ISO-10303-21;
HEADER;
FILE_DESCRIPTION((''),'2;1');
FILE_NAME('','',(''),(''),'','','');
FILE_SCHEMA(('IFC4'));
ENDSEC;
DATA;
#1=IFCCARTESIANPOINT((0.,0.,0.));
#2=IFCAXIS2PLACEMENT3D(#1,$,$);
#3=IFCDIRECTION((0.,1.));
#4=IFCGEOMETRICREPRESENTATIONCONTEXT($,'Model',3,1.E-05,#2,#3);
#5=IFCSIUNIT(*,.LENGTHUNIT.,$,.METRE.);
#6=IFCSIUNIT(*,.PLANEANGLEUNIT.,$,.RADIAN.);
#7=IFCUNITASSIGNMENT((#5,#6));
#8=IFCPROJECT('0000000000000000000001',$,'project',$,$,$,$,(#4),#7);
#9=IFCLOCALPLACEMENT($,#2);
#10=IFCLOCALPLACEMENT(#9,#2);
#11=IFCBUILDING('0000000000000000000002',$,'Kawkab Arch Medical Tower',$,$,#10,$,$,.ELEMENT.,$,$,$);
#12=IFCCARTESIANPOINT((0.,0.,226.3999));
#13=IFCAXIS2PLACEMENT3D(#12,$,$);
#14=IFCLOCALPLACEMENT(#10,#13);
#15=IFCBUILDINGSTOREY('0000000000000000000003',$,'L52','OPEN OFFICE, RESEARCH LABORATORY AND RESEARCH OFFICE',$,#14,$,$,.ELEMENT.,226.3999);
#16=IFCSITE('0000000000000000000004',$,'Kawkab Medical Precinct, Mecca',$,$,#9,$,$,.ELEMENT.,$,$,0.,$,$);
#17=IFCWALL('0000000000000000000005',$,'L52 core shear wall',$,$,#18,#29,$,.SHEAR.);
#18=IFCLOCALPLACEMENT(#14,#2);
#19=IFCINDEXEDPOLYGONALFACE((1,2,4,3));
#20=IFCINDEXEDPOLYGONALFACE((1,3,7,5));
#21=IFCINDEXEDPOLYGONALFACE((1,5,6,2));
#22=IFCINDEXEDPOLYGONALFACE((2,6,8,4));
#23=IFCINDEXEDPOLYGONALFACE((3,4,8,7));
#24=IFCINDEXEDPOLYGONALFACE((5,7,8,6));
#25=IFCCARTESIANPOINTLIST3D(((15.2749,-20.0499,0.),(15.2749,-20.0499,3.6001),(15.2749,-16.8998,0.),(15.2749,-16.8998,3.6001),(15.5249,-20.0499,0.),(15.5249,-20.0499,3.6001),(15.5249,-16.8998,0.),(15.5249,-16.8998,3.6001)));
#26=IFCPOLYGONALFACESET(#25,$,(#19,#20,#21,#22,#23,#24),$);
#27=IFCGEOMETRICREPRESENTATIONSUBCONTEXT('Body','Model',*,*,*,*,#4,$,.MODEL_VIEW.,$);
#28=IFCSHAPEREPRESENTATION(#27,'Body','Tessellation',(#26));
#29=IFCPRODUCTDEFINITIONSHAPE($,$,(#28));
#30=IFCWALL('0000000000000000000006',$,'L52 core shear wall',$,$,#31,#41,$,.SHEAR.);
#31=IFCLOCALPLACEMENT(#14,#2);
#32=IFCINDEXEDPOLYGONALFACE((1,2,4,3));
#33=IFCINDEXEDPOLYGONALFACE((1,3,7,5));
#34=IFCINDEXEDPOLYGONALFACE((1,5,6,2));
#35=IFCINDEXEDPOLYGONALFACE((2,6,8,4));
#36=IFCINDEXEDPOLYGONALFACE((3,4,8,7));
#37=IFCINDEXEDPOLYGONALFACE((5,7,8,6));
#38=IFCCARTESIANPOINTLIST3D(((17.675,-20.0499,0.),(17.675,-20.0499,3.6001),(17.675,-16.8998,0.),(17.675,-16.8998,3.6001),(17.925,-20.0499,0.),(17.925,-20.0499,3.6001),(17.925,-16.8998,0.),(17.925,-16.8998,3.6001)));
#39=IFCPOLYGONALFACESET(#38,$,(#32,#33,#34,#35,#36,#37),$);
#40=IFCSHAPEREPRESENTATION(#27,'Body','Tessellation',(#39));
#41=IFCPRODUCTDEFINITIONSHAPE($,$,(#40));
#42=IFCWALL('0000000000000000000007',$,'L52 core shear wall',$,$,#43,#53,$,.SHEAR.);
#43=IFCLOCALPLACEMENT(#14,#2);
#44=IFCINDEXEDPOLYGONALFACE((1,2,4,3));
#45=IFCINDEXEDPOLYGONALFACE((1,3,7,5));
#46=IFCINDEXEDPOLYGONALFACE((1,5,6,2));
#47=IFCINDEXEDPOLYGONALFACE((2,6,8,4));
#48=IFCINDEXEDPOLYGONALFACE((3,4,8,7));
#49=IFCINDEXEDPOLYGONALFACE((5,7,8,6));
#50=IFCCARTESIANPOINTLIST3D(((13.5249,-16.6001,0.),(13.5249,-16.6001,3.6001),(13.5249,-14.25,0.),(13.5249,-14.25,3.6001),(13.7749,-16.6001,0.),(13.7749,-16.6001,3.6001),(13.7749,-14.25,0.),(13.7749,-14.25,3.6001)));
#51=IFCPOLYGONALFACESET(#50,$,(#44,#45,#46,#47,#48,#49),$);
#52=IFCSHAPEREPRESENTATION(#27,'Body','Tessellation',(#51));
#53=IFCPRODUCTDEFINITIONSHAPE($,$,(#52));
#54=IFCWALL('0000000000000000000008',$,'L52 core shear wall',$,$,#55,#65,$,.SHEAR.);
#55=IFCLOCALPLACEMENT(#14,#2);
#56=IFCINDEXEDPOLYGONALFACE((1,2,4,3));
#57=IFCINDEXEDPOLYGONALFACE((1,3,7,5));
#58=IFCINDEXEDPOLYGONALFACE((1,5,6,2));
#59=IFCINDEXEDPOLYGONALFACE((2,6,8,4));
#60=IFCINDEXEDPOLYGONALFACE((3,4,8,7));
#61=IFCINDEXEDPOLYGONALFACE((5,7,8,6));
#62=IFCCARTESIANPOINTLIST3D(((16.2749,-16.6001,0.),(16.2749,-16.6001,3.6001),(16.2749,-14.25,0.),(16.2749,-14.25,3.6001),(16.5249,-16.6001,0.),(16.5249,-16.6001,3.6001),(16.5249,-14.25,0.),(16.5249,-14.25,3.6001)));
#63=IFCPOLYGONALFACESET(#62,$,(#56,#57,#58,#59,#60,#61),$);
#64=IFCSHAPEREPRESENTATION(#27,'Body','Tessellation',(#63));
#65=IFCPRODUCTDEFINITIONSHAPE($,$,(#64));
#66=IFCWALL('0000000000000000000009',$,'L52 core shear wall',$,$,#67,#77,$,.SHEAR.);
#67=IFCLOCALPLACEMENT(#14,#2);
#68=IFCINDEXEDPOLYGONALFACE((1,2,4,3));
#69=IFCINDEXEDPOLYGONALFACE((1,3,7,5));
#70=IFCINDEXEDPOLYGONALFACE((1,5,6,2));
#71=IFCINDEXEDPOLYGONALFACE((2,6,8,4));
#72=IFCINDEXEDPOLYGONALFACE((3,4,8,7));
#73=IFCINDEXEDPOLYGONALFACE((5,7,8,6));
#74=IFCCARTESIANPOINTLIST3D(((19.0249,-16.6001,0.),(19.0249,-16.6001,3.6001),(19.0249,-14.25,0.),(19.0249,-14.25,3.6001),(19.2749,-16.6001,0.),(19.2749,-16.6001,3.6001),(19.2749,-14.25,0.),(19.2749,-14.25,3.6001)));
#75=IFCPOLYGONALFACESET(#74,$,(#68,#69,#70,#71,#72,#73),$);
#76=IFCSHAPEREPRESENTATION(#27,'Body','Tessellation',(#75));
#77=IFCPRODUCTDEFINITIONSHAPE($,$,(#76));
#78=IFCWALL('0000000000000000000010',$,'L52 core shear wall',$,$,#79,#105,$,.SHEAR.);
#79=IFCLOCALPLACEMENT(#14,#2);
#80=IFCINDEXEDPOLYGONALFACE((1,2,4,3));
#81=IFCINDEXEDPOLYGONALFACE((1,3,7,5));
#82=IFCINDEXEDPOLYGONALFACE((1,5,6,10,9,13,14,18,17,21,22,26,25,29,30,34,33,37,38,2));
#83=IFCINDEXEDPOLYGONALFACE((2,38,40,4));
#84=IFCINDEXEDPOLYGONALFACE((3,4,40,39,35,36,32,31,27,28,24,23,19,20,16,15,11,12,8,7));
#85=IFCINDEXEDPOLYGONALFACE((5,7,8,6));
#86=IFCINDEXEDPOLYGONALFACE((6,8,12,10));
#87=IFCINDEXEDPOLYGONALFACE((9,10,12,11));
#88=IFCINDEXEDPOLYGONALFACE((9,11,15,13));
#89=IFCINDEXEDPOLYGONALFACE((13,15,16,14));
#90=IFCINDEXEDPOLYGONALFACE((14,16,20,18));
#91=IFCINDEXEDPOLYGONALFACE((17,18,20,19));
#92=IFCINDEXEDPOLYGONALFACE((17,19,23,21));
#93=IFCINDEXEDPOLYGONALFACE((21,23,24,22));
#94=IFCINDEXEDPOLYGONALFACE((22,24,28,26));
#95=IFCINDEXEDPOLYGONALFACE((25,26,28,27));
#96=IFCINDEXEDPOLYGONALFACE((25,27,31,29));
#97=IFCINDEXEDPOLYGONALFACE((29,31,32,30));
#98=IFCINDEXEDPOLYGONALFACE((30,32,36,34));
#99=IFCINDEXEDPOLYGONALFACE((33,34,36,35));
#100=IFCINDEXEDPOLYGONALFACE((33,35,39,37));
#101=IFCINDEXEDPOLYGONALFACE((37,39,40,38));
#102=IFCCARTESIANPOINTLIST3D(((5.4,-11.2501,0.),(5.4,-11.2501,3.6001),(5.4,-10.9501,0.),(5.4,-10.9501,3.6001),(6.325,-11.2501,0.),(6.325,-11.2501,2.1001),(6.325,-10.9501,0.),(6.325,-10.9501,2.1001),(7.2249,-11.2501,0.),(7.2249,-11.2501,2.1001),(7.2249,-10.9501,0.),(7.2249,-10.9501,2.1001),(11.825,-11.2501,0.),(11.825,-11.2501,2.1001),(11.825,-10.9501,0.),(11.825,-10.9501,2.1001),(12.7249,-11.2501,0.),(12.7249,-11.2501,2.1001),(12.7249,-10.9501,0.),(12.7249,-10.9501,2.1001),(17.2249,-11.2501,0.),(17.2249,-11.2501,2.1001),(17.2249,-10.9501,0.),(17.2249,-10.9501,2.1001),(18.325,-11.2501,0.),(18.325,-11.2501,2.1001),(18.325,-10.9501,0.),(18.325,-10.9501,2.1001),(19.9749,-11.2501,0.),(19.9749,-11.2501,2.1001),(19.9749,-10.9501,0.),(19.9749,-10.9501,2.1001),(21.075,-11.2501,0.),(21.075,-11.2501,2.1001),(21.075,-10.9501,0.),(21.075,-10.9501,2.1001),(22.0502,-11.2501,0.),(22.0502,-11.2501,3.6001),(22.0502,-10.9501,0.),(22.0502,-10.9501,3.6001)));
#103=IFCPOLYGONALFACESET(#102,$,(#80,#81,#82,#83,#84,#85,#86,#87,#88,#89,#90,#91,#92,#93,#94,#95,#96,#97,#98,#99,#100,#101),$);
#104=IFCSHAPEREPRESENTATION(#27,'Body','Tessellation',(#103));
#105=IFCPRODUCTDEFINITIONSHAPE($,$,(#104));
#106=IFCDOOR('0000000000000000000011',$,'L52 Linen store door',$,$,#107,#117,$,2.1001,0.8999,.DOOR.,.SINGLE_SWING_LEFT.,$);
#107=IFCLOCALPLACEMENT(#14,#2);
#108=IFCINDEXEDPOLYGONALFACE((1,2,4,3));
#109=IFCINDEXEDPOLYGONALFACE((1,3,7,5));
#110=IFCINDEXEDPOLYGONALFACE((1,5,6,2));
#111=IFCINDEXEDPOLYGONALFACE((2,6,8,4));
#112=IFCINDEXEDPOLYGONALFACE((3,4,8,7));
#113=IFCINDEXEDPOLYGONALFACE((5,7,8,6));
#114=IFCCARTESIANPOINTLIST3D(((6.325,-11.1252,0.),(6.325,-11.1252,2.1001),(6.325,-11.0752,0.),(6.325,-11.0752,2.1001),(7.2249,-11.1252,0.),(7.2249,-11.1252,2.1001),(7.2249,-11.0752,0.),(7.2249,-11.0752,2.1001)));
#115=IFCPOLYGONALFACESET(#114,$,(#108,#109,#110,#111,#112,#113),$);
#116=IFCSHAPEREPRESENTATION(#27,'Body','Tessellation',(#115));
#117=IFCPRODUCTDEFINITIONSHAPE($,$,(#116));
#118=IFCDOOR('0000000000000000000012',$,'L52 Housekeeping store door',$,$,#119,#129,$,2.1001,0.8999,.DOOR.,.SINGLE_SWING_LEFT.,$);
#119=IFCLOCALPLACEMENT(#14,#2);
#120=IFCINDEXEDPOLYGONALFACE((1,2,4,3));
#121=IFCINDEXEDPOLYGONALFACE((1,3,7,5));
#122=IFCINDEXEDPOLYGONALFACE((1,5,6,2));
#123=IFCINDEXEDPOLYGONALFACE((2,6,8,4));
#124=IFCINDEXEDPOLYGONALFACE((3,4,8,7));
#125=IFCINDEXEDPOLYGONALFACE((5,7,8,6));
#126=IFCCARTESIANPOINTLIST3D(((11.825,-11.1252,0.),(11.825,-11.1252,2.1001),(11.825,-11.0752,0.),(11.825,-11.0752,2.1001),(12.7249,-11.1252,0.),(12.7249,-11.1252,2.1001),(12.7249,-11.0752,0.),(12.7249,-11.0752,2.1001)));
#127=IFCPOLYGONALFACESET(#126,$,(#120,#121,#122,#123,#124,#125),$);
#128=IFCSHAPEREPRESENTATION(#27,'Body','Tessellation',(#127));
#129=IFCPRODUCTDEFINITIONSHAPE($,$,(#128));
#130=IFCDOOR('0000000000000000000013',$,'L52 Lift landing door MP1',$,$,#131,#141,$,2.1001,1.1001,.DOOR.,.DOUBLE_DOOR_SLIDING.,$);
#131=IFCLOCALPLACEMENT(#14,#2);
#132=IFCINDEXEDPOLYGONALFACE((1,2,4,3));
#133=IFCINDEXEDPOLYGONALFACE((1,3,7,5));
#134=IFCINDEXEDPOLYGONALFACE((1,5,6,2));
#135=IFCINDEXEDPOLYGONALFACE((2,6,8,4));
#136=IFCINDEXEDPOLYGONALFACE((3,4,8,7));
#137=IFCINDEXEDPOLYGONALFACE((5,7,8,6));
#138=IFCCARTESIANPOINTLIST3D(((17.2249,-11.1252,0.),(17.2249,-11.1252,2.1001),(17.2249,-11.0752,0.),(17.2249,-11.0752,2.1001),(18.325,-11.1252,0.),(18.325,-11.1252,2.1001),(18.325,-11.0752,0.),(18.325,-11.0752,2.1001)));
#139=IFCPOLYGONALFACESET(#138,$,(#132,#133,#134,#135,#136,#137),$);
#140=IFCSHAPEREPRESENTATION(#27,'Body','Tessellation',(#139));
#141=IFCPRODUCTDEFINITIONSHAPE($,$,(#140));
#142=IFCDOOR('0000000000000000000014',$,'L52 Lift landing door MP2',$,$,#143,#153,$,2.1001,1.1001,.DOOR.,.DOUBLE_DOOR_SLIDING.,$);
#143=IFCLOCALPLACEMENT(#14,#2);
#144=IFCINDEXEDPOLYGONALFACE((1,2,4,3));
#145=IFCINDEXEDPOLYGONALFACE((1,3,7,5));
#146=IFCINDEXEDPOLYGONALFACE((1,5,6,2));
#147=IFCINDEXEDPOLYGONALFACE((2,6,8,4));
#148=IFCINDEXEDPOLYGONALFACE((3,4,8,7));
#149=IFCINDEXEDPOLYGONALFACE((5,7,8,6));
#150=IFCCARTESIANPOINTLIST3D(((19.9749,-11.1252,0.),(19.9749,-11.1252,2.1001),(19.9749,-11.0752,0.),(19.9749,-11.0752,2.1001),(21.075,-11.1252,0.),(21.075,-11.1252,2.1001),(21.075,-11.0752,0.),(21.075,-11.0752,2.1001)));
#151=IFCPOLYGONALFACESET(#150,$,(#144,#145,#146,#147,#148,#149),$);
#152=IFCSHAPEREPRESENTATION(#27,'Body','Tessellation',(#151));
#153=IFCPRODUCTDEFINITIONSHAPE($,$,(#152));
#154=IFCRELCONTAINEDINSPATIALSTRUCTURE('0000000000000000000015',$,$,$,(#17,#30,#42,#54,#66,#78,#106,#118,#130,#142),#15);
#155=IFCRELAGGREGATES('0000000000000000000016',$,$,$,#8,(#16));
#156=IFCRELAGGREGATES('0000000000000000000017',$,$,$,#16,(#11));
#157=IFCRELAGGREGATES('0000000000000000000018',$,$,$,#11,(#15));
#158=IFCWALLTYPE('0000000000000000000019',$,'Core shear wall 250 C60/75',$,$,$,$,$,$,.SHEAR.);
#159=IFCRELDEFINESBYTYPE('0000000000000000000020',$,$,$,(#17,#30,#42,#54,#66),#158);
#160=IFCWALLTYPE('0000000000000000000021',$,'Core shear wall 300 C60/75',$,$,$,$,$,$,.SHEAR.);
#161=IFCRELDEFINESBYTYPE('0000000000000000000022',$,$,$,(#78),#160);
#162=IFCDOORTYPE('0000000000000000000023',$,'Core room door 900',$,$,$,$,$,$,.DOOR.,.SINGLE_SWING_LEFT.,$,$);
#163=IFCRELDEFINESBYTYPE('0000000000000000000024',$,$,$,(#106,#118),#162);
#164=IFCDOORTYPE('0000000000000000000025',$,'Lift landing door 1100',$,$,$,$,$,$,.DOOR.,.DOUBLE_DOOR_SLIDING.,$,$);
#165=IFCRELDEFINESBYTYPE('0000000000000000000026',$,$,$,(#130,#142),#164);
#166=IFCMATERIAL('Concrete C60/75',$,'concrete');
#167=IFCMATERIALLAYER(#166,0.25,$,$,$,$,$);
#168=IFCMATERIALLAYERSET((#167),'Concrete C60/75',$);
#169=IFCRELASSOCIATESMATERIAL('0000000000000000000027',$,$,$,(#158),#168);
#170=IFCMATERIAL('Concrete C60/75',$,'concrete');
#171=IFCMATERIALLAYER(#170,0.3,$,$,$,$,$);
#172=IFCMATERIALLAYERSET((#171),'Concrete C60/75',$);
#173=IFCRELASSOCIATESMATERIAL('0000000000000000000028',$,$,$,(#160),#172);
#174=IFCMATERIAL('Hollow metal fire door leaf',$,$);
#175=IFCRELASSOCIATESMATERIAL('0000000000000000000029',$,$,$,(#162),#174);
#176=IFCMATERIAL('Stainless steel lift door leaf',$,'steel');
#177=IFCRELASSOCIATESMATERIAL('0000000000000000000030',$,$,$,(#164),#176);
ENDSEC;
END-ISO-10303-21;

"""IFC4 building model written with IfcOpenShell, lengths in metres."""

from ifc_helpers import new_model, si_unit, direction, frame, frame_2d, origin, place, context, subcontext, project, spatial, rectangle, extrude, material, layer, layer_set, type_object, element, fill, save


model = new_model("IFC4")

# Units and contexts
model_context = context("Model", 3, precision=1e-05, world=origin(), true_north=direction((0.0, 1.0)))
body_context = subcontext(model_context, "Body", "Model", "MODEL_VIEW")
ifc_project = project(units=[si_unit("LENGTHUNIT", "METRE"), si_unit("PLANEANGLEUNIT", "RADIAN")], contexts=[model_context])

# Site, building, storey
site_placement = place(None, origin())
site = spatial("IfcSite", under=ifc_project, at=site_placement, Name="Kawkab Medical Precinct, Mecca", CompositionType="ELEMENT", RefElevation=0.0)
building_placement = place(site_placement, origin())
building = spatial("IfcBuilding", under=site, at=building_placement, Name="Kawkab Arch Medical Tower", CompositionType="ELEMENT")
storey_placement = place(building_placement, frame((0.0, 0.0, 226.3999)))
storey = spatial("IfcBuildingStorey", under=building, at=storey_placement, Name="L52", Description="OPEN OFFICE, RESEARCH LABORATORY AND RESEARCH OFFICE", CompositionType="ELEMENT", Elevation=226.3999)

# Walls
ifc_material_1 = material(Name="Concrete C60/75", Category="concrete")
ifc_layer_1 = layer(ifc_material_1, 0.25)
ifc_layer_set_1 = layer_set([ifc_layer_1], Name="Concrete C60/75")
wall_type_1 = type_object("IfcWallType", Name="Core shear wall 250 C60/75", PredefinedType="SHEAR", material=ifc_layer_set_1)
for number, where, z_axis, x_axis, name in (
    (1, (15.3999, -20.05, 0.0), (0.0, 0.0, 1.0), (0.0, 1.0, 0.0), "L52 core shear wall"),
    (2, (17.8, -20.05, 0.0), (0.0, 0.0, 1.0), (0.0, 1.0, 0.0), "L52 core shear wall"),
):
    element("IfcWall", number, at=place(storey_placement, frame(where, z_axis=z_axis, x_axis=x_axis)), inside=storey, type_object=wall_type_1, Name=name, PredefinedType="SHEAR", context=body_context, shape_type="SweptSolid", body=[
        extrude(rectangle(XDim=3.1501, YDim=0.25, at=frame_2d((1.5752, 0.0))), origin(), (0.0, 0.0, 1.0), 3.6001),
    ])
for number, where, z_axis, x_axis, name in (
    (3, (13.6499, -16.6001, 0.0), (0.0, 0.0, 1.0), (0.0, 1.0, 0.0), "L52 core shear wall"),
    (4, (16.3999, -16.6001, 0.0), (0.0, 0.0, 1.0), (0.0, 1.0, 0.0), "L52 core shear wall"),
    (5, (19.1499, -16.6001, 0.0), (0.0, 0.0, 1.0), (0.0, 1.0, 0.0), "L52 core shear wall"),
):
    element("IfcWall", number, at=place(storey_placement, frame(where, z_axis=z_axis, x_axis=x_axis)), inside=storey, type_object=wall_type_1, Name=name, PredefinedType="SHEAR", context=body_context, shape_type="SweptSolid", body=[
        extrude(rectangle(XDim=2.3501, YDim=0.25, at=frame_2d((1.175, 0.0))), origin(), (0.0, 0.0, 1.0), 3.6001),
    ])

# Wall, openings, doors
ifc_material_2 = material(Name="Concrete C60/75", Category="concrete")
ifc_layer_2 = layer(ifc_material_2, 0.3)
ifc_layer_set_2 = layer_set([ifc_layer_2], Name="Concrete C60/75")
wall_type_2 = type_object("IfcWallType", Name="Core shear wall 300 C60/75", PredefinedType="SHEAR", material=ifc_layer_set_2)
wall_1_placement = place(storey_placement, frame((5.3999, -11.1001, 0.0), z_axis=(0.0, 0.0, 1.0), x_axis=(1.0, 0.0, 0.0)))
wall_1 = element("IfcWall", 6, at=wall_1_placement, inside=storey, type_object=wall_type_2, Name="L52 core shear wall", PredefinedType="SHEAR", context=body_context, shape_type="SweptSolid", body=[
    extrude(rectangle(XDim=16.6501, YDim=0.3, at=frame_2d((8.3252, 0.0))), origin(), (0.0, 0.0, 1.0), 3.6001),
])
opening_1_placement = place(wall_1_placement, frame((11.825, 0.0, 0.0)))
opening_1 = element("IfcOpeningElement", 7, at=opening_1_placement, cuts=wall_1, PredefinedType="OPENING", context=body_context, shape_type="SweptSolid", body=[
    extrude(rectangle(XDim=1.1001, YDim=2.1001, at=frame_2d((0.55, 1.05))), frame((0.0, 0.1599, 0.0), z_axis=(0.0, -1.0, 0.0), x_axis=(1.0, 0.0, 0.0)), (0.0, 0.0, 1.0), 0.3201),
])
opening_2_placement = place(wall_1_placement, frame((14.575, 0.0, 0.0)))
opening_2 = element("IfcOpeningElement", 8, at=opening_2_placement, cuts=wall_1, PredefinedType="OPENING", context=body_context, shape_type="SweptSolid", body=[
    extrude(rectangle(XDim=1.1001, YDim=2.1001, at=frame_2d((0.55, 1.05))), frame((0.0, 0.1599, 0.0), z_axis=(0.0, -1.0, 0.0), x_axis=(1.0, 0.0, 0.0)), (0.0, 0.0, 1.0), 0.3201),
])
opening_3_placement = place(wall_1_placement, frame((0.925, 0.0, 0.0)))
opening_3 = element("IfcOpeningElement", 9, at=opening_3_placement, cuts=wall_1, PredefinedType="OPENING", context=body_context, shape_type="SweptSolid", body=[
    extrude(rectangle(XDim=0.8999, YDim=2.1001, at=frame_2d((0.45, 1.05))), frame((0.0, 0.1599, 0.0), z_axis=(0.0, -1.0, 0.0), x_axis=(1.0, 0.0, 0.0)), (0.0, 0.0, 1.0), 0.3201),
])
opening_4_placement = place(wall_1_placement, frame((6.425, 0.0, 0.0)))
opening_4 = element("IfcOpeningElement", 10, at=opening_4_placement, cuts=wall_1, PredefinedType="OPENING", context=body_context, shape_type="SweptSolid", body=[
    extrude(rectangle(XDim=0.8999, YDim=2.1001, at=frame_2d((0.45, 1.05))), frame((0.0, 0.1599, 0.0), z_axis=(0.0, -1.0, 0.0), x_axis=(1.0, 0.0, 0.0)), (0.0, 0.0, 1.0), 0.3201),
])
ifc_material_3 = material(Name="Hollow metal fire door leaf")
door_type_1 = type_object("IfcDoorType", Name="Core room door 900", OperationType="SINGLE_SWING_LEFT", PredefinedType="DOOR", material=ifc_material_3)
door_1_placement = place(opening_3_placement, origin())
door_1 = element("IfcDoor", 11, at=door_1_placement, inside=storey, type_object=door_type_1, Name="L52 Linen store door", OperationType="SINGLE_SWING_LEFT", OverallHeight=2.1001, OverallWidth=0.8999, PredefinedType="DOOR", context=body_context, shape_type="SweptSolid", body=[
    extrude(rectangle(XDim=0.8999, YDim=2.1001, at=frame_2d((0.45, 1.05))), frame((0.0, 0.0249, 0.0), z_axis=(0.0, -1.0, 0.0), x_axis=(1.0, 0.0, 0.0)), (0.0, 0.0, 1.0), 0.05),
])
fill(opening_3, door_1)
door_2_placement = place(opening_4_placement, origin())
door_2 = element("IfcDoor", 12, at=door_2_placement, inside=storey, type_object=door_type_1, Name="L52 Housekeeping store door", OperationType="SINGLE_SWING_LEFT", OverallHeight=2.1001, OverallWidth=0.8999, PredefinedType="DOOR", context=body_context, shape_type="SweptSolid", body=[
    extrude(rectangle(XDim=0.8999, YDim=2.1001, at=frame_2d((0.45, 1.05))), frame((0.0, 0.0249, 0.0), z_axis=(0.0, -1.0, 0.0), x_axis=(1.0, 0.0, 0.0)), (0.0, 0.0, 1.0), 0.05),
])
fill(opening_4, door_2)
ifc_material_4 = material(Name="Stainless steel lift door leaf", Category="steel")
door_type_2 = type_object("IfcDoorType", Name="Lift landing door 1100", OperationType="DOUBLE_DOOR_SLIDING", PredefinedType="DOOR", material=ifc_material_4)
door_3_placement = place(opening_1_placement, origin())
door_3 = element("IfcDoor", 13, at=door_3_placement, inside=storey, type_object=door_type_2, Name="L52 Lift landing door MP1", OperationType="DOUBLE_DOOR_SLIDING", OverallHeight=2.1001, OverallWidth=1.1001, PredefinedType="DOOR", context=body_context, shape_type="SweptSolid", body=[
    extrude(rectangle(XDim=1.1001, YDim=2.1001, at=frame_2d((0.55, 1.05))), frame((0.0, 0.0249, 0.0), z_axis=(0.0, -1.0, 0.0), x_axis=(1.0, 0.0, 0.0)), (0.0, 0.0, 1.0), 0.05),
])
fill(opening_1, door_3)
door_4_placement = place(opening_2_placement, origin())
door_4 = element("IfcDoor", 14, at=door_4_placement, inside=storey, type_object=door_type_2, Name="L52 Lift landing door MP2", OperationType="DOUBLE_DOOR_SLIDING", OverallHeight=2.1001, OverallWidth=1.1001, PredefinedType="DOOR", context=body_context, shape_type="SweptSolid", body=[
    extrude(rectangle(XDim=1.1001, YDim=2.1001, at=frame_2d((0.55, 1.05))), frame((0.0, 0.0249, 0.0), z_axis=(0.0, -1.0, 0.0), x_axis=(1.0, 0.0, 0.0)), (0.0, 0.0, 1.0), 0.05),
])
fill(opening_2, door_4)

save(model, "model.ifc")
